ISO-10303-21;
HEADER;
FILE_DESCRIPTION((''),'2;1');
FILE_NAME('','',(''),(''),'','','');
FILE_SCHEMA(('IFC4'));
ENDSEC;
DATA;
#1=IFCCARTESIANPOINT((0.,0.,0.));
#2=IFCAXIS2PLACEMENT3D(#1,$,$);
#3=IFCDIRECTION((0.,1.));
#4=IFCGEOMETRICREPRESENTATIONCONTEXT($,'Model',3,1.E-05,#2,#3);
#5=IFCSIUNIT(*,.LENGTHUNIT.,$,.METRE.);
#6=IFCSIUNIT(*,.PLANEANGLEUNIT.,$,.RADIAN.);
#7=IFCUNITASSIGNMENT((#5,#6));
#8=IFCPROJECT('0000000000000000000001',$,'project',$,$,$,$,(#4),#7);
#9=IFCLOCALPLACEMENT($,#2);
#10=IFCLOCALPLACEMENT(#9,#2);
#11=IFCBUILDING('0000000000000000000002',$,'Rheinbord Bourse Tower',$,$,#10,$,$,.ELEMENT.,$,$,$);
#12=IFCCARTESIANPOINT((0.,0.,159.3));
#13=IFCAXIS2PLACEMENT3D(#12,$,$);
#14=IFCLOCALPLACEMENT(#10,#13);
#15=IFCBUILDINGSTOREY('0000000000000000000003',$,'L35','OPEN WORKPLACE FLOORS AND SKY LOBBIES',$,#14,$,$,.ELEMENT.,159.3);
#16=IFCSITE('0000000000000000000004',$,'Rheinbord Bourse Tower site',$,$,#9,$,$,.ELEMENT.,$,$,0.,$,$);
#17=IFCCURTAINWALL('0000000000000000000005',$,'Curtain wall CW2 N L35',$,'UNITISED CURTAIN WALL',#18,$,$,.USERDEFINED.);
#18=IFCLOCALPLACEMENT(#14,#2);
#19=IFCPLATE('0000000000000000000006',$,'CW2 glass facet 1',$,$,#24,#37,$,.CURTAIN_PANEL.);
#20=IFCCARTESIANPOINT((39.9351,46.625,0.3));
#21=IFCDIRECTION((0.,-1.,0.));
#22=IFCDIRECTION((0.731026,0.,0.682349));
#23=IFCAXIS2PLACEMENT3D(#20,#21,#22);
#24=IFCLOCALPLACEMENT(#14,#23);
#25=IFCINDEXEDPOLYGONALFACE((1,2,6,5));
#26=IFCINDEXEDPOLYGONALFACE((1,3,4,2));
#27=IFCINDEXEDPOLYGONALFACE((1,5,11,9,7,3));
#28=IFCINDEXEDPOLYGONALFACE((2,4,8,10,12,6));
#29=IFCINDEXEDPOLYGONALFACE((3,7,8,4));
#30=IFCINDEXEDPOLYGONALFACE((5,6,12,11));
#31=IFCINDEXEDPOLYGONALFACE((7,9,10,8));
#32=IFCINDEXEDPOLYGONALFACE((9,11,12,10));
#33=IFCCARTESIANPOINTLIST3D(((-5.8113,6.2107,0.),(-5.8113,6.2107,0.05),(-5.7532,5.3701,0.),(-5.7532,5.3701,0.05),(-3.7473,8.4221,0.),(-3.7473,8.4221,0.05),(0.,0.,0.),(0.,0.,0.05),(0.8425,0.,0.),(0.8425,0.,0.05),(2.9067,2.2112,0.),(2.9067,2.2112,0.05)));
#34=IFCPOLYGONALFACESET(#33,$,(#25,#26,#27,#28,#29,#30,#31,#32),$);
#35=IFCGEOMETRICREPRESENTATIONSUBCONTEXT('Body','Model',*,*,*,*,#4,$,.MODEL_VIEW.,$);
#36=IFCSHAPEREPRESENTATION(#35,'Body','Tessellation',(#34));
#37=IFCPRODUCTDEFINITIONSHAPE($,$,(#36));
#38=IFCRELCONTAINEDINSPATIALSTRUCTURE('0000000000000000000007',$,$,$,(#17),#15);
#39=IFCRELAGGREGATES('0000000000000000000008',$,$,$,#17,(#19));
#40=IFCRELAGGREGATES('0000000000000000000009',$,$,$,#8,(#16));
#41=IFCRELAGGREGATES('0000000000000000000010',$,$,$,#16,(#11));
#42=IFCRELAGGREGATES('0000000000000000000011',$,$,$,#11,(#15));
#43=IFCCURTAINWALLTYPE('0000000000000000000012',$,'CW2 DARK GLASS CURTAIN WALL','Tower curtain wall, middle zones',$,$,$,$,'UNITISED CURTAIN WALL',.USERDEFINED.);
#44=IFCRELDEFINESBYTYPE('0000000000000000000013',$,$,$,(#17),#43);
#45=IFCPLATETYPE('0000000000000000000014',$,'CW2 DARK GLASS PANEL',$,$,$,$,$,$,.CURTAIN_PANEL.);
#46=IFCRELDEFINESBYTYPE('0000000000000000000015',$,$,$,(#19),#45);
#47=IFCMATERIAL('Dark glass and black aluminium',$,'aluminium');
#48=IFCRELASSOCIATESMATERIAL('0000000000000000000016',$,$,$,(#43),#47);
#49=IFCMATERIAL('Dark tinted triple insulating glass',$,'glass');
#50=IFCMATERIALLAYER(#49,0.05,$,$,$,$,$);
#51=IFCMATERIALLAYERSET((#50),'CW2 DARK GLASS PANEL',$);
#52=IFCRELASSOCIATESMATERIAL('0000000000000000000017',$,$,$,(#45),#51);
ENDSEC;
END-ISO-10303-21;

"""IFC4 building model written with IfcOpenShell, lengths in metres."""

from ifc_helpers import new_model, si_unit, direction, frame, origin, place, context, subcontext, project, spatial, polyline, outline, extrude, material, layer, layer_set, type_object, element, aggregate, save


model = new_model("IFC4")

# Units and contexts
model_context = context("Model", 3, precision=1e-05, world=origin(), true_north=direction((0.0, 1.0)))
body_context = subcontext(model_context, "Body", "Model", "MODEL_VIEW")
ifc_project = project(units=[si_unit("LENGTHUNIT", "METRE"), si_unit("PLANEANGLEUNIT", "RADIAN")], contexts=[model_context])

# Site, building, storey
site_placement = place(None, origin())
site = spatial("IfcSite", under=ifc_project, at=site_placement, Name="Rheinbord Bourse Tower site", CompositionType="ELEMENT", RefElevation=0.0)
building_placement = place(site_placement, origin())
building = spatial("IfcBuilding", under=site, at=building_placement, Name="Rheinbord Bourse Tower", CompositionType="ELEMENT")
storey_placement = place(building_placement, frame((0.0, 0.0, 159.3)))
storey = spatial("IfcBuildingStorey", under=building, at=storey_placement, Name="L35", Description="OPEN WORKPLACE FLOORS AND SKY LOBBIES", CompositionType="ELEMENT", Elevation=159.3)

# Curtain wall
ifc_material_1 = material(Name="Dark glass and black aluminium", Category="aluminium")
curtain_wall_type = type_object("IfcCurtainWallType", Name="CW2 DARK GLASS CURTAIN WALL", Description="Tower curtain wall, middle zones", ElementType="UNITISED CURTAIN WALL", PredefinedType="USERDEFINED", material=ifc_material_1)
curtain_wall_placement = place(storey_placement, origin())
curtain_wall = element("IfcCurtainWall", 1, at=curtain_wall_placement, inside=storey, type_object=curtain_wall_type, Name="Curtain wall CW2 N L35", ObjectType="UNITISED CURTAIN WALL", PredefinedType="USERDEFINED")

# Plate
ifc_material_2 = material(Name="Dark tinted triple insulating glass", Category="glass")
ifc_layer_1 = layer(ifc_material_2, 0.05)
ifc_layer_set_1 = layer_set([ifc_layer_1], Name="CW2 DARK GLASS PANEL")
plate_type = type_object("IfcPlateType", Name="CW2 DARK GLASS PANEL", PredefinedType="CURTAIN_PANEL", material=ifc_layer_set_1)
plate_1_placement = place(storey_placement, frame((39.9351, 46.625, 0.3), z_axis=(0.0, -1.0, 0.0), x_axis=(0.731026, 0.0, 0.682349)))
plate_1 = element("IfcPlate", 2, at=plate_1_placement, type_object=plate_type, Name="CW2 glass facet 1", PredefinedType="CURTAIN_PANEL", context=body_context, shape_type="SweptSolid", body=[
    extrude(outline(polyline([(0.0, 0.0), (0.8425, 0.0), (2.9067, 2.2112), (-3.7473, 8.4221), (-5.8113, 6.2107), (-5.7532, 5.3701), (0.0, 0.0)])), origin(), (0.0, 0.0, 1.0), 0.05),
])
aggregate(curtain_wall, [plate_1])

save(model, "model.ifc")
